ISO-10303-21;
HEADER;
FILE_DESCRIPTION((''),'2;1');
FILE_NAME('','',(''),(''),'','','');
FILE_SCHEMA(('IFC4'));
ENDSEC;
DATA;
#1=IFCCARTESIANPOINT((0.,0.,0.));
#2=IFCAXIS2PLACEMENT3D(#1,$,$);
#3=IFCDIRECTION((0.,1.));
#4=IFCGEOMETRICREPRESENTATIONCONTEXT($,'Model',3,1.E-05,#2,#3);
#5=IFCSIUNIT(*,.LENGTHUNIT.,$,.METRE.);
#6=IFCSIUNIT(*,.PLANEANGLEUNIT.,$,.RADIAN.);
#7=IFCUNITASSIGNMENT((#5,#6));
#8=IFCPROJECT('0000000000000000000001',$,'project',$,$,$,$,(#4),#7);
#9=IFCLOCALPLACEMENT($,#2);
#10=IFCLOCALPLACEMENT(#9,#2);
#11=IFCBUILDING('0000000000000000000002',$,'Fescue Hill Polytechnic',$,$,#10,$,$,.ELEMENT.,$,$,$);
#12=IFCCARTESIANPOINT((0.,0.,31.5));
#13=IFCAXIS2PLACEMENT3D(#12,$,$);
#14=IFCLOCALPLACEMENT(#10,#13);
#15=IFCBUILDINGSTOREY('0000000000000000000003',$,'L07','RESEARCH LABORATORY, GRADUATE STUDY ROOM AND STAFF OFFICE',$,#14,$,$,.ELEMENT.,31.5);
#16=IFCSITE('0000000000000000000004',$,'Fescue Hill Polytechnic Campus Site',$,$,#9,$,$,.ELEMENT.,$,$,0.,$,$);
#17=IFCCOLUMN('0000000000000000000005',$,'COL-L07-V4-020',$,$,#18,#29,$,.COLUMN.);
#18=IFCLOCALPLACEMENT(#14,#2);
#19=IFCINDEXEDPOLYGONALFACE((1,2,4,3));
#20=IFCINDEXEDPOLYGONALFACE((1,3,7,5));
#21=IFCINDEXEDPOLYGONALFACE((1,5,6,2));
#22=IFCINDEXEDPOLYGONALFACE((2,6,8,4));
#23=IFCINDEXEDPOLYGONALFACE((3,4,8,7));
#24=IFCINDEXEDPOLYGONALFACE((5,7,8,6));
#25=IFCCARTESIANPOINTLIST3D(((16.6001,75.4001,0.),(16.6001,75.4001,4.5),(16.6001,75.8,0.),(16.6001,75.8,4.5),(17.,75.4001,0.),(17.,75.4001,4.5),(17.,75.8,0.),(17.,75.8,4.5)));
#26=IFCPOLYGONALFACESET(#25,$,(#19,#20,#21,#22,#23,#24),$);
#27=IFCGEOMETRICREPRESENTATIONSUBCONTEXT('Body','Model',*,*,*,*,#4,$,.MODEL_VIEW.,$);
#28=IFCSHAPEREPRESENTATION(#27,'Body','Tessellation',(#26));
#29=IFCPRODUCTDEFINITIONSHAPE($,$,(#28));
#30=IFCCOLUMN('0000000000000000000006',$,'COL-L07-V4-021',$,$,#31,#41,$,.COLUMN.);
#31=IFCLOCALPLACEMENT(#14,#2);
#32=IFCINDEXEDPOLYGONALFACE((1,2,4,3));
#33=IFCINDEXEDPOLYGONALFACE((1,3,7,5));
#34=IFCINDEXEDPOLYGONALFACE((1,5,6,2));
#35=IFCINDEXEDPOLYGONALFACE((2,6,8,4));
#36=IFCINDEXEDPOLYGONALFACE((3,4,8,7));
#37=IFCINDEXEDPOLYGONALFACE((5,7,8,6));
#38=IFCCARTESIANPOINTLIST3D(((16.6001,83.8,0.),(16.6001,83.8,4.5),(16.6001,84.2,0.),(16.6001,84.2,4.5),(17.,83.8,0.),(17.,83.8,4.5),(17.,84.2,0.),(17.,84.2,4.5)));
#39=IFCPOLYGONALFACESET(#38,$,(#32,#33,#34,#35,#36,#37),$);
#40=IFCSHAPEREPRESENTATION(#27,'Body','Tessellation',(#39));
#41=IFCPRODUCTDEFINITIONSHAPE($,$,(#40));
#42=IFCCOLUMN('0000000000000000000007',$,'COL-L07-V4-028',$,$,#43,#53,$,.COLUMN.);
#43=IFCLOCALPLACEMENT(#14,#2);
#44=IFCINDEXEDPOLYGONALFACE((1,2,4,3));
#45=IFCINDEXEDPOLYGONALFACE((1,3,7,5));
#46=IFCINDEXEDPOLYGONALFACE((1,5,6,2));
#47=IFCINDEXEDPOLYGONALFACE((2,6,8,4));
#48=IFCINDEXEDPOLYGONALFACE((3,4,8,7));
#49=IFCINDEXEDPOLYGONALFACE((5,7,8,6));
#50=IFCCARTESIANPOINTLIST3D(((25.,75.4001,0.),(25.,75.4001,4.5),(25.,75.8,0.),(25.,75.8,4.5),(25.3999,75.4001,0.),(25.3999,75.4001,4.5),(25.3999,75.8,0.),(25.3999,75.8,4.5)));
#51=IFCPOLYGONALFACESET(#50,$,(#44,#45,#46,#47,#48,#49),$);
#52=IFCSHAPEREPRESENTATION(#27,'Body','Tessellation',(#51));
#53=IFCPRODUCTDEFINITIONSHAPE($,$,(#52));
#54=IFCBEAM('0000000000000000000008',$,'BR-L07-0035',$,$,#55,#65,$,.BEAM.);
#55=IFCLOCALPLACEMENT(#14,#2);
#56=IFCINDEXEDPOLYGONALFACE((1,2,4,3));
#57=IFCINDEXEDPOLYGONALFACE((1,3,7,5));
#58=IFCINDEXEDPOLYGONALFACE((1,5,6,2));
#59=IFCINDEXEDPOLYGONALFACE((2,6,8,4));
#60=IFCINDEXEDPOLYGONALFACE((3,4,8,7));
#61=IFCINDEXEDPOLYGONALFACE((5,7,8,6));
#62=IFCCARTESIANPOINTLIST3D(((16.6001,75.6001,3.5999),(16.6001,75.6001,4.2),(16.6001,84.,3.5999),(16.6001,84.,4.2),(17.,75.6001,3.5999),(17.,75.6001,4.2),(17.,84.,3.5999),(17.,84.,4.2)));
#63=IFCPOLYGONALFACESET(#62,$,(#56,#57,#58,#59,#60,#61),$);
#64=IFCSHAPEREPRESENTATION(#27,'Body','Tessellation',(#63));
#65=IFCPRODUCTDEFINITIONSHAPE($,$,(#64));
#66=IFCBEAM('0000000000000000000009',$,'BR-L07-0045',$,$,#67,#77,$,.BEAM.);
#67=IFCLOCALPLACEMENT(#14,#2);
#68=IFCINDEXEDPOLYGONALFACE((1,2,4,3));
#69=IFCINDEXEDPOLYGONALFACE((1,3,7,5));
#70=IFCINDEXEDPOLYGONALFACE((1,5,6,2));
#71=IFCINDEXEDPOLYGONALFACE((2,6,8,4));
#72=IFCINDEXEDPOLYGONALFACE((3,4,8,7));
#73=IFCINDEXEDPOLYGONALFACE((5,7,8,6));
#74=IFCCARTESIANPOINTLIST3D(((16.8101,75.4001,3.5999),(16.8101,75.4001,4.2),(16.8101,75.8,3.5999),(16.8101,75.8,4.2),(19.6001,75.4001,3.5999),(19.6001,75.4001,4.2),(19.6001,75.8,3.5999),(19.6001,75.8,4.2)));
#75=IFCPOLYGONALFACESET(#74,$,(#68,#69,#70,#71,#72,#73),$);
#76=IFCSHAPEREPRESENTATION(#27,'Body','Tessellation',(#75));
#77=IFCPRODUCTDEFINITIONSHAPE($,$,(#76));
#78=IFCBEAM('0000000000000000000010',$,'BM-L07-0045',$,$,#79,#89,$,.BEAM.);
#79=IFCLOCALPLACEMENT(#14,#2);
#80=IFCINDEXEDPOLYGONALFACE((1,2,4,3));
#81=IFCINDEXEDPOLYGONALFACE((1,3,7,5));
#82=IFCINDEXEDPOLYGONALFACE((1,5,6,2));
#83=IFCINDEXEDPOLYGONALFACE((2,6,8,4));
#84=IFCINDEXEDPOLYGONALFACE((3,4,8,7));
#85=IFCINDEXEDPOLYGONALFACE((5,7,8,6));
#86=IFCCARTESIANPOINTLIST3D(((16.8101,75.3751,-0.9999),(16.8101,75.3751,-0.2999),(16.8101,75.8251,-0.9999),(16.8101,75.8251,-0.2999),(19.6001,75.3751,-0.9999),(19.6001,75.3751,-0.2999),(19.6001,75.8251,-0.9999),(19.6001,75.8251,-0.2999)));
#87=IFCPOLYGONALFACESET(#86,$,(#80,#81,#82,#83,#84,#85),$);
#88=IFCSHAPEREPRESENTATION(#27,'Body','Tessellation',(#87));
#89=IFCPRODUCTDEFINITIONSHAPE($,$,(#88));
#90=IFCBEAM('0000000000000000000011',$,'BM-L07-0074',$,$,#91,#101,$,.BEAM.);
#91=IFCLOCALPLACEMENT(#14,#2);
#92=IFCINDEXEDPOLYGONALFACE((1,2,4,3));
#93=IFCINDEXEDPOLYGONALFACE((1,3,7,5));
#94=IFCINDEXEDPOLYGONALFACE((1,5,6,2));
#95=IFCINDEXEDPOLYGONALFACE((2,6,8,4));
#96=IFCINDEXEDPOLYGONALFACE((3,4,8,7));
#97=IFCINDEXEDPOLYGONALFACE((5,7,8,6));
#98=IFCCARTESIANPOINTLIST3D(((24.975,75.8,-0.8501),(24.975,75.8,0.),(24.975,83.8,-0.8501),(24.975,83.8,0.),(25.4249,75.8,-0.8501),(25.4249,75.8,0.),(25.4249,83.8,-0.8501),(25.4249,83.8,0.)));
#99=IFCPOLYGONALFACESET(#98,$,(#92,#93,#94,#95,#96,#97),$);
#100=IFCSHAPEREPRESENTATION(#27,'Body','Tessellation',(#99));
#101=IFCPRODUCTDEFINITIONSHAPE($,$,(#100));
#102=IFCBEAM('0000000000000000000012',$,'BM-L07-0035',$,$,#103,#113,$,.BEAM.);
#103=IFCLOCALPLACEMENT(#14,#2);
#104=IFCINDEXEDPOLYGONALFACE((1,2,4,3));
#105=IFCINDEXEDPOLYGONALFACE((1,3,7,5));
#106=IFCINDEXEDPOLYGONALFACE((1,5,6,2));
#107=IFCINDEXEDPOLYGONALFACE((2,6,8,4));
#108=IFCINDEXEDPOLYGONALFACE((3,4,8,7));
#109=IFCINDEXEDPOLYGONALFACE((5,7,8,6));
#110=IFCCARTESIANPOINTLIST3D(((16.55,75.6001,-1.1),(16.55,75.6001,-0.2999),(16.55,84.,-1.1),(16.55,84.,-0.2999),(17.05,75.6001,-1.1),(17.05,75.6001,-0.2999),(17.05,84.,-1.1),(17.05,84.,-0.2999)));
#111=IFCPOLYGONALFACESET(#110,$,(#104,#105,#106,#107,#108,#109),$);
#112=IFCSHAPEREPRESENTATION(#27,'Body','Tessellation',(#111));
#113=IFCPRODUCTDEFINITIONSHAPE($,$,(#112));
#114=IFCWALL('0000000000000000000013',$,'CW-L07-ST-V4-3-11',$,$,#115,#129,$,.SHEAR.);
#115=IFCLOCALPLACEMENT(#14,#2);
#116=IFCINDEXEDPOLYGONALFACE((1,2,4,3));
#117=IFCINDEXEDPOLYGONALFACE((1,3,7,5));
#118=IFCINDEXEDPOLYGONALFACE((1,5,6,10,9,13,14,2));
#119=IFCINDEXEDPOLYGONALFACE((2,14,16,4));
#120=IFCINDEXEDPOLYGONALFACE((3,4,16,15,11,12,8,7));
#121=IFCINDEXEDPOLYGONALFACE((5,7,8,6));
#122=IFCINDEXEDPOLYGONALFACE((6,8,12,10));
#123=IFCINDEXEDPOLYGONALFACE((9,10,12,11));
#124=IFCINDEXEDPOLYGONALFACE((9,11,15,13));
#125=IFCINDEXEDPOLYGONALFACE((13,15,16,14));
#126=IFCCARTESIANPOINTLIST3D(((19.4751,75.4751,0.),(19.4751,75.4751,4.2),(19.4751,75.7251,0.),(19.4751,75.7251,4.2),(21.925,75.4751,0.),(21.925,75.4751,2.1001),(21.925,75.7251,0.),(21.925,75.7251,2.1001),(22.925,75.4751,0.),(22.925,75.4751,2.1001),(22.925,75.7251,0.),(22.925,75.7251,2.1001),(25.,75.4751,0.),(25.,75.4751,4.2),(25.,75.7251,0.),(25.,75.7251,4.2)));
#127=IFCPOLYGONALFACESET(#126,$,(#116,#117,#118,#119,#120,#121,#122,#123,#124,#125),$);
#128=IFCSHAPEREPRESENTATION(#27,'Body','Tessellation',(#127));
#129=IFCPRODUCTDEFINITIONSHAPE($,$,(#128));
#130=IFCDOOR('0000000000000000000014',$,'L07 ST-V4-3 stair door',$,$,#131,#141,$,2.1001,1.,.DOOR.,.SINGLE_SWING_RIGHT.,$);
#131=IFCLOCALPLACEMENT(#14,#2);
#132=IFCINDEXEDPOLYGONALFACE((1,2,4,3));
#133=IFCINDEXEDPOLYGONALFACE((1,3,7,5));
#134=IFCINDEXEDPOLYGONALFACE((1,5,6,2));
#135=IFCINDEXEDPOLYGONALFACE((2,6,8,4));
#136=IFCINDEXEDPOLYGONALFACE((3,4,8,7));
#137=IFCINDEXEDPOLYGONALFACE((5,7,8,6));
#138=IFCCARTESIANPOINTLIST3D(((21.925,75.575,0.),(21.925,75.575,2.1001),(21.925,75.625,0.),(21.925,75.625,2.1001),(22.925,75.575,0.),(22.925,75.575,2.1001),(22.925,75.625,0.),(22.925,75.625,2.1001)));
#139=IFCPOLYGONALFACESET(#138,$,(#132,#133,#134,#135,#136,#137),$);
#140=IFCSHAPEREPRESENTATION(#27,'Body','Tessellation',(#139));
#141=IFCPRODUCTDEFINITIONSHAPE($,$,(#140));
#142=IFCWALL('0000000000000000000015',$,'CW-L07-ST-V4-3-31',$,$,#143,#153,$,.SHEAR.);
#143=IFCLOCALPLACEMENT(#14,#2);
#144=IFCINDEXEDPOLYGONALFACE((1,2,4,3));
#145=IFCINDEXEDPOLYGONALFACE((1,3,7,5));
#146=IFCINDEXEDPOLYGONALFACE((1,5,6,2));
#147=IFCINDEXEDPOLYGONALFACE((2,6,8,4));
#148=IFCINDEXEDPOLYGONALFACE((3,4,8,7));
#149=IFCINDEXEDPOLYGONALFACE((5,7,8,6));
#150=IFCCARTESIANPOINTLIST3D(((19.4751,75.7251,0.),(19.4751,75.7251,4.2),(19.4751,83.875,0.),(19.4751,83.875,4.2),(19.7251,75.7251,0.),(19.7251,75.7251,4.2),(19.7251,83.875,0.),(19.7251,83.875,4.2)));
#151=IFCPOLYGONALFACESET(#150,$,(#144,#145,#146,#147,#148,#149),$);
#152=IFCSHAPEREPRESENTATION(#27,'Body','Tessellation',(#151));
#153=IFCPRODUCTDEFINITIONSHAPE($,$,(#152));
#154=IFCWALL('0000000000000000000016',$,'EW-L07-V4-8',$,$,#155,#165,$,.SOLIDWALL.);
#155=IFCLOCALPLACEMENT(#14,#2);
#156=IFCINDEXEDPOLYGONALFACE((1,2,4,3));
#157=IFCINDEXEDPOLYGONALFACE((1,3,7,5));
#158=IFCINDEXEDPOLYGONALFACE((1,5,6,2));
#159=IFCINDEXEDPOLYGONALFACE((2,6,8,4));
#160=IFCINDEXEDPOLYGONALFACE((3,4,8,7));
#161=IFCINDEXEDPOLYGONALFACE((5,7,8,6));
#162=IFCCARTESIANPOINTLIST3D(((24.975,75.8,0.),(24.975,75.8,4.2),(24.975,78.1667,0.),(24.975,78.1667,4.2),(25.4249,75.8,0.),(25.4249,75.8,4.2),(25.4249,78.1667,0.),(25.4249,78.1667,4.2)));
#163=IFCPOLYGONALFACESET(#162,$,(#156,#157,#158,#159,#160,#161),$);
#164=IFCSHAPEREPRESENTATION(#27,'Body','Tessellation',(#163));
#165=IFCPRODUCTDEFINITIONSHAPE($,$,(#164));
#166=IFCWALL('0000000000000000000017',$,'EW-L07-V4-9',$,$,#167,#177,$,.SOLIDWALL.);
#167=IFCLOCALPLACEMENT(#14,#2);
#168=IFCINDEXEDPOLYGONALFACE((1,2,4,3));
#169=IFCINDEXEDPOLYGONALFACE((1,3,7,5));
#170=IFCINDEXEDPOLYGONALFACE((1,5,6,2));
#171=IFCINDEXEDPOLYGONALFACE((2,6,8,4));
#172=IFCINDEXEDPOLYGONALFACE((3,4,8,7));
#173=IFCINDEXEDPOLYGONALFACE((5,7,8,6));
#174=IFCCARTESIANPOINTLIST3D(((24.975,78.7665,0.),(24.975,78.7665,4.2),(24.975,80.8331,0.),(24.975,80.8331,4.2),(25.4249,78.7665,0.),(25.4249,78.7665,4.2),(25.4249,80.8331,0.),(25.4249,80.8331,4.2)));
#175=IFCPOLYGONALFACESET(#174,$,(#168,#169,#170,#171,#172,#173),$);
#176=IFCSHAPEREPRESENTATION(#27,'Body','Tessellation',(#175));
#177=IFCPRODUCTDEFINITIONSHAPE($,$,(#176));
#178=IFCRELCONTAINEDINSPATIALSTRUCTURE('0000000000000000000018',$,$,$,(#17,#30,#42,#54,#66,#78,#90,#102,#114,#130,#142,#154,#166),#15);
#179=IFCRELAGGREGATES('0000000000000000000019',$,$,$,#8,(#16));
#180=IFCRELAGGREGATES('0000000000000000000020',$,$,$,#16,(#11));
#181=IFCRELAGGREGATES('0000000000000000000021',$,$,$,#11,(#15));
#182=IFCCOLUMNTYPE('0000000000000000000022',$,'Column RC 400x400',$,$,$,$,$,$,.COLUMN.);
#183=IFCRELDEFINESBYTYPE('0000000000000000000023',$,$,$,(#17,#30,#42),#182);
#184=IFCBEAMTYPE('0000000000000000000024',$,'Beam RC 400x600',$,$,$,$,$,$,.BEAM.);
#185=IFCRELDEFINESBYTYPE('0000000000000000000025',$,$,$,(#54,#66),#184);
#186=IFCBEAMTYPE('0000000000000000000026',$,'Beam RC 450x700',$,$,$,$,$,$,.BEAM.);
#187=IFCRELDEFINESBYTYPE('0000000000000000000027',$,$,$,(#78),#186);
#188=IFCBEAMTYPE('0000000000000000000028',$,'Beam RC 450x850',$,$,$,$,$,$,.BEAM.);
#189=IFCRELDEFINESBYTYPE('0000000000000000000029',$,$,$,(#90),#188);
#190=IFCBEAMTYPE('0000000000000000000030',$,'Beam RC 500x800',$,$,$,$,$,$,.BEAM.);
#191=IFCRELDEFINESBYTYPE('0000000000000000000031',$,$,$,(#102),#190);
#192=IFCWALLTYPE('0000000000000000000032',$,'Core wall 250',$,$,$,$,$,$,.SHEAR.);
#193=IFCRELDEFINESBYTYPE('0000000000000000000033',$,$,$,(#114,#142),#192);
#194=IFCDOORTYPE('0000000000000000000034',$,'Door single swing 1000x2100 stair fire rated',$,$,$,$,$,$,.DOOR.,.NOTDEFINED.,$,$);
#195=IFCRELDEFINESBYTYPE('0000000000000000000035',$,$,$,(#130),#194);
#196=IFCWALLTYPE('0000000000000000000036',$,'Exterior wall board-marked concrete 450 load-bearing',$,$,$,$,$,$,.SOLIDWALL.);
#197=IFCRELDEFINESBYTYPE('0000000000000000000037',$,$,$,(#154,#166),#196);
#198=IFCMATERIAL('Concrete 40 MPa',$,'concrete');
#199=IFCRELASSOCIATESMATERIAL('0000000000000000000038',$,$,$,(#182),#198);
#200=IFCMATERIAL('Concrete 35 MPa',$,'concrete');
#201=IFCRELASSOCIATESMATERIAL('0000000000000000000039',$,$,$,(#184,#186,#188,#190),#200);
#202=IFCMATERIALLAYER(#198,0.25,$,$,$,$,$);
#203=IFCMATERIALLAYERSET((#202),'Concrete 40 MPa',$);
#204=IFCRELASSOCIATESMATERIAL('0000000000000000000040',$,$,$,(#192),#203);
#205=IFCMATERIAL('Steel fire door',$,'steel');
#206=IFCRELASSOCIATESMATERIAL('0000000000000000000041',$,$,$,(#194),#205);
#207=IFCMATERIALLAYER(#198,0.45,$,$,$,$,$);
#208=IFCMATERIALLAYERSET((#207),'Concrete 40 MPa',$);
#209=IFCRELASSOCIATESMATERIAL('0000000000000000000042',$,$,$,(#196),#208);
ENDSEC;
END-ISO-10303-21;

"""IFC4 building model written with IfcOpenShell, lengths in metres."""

from ifc_helpers import new_model, si_unit, direction, frame, frame_2d, origin, origin_2d, place, context, subcontext, project, spatial, rectangle, extrude, material, layer, layer_set, material_profile, profile_set, type_object, element, fill, save


model = new_model("IFC4")

# Units and contexts
model_context = context("Model", 3, precision=1e-05, world=origin(), true_north=direction((0.0, 1.0)))
body_context = subcontext(model_context, "Body", "Model", "MODEL_VIEW")
ifc_project = project(units=[si_unit("LENGTHUNIT", "METRE"), si_unit("PLANEANGLEUNIT", "RADIAN")], contexts=[model_context])

# Site, building, storey
site_placement = place(None, origin())
site = spatial("IfcSite", under=ifc_project, at=site_placement, Name="Fescue Hill Polytechnic Campus Site", CompositionType="ELEMENT", RefElevation=0.0)
building_placement = place(site_placement, origin())
building = spatial("IfcBuilding", under=site, at=building_placement, Name="Fescue Hill Polytechnic", CompositionType="ELEMENT")
storey_placement = place(building_placement, frame((0.0, 0.0, 31.5)))
storey = spatial("IfcBuildingStorey", under=building, at=storey_placement, Name="L07", Description="RESEARCH LABORATORY, GRADUATE STUDY ROOM AND STAFF OFFICE", CompositionType="ELEMENT", Elevation=31.5)

# Columns
ifc_material_1 = material(Name="Concrete 40 MPa", Category="concrete")
ifc_material_profile_1 = material_profile(ifc_material_1, rectangle(XDim=0.3999, YDim=0.3999, at=origin_2d()), Name="RC 400x400")
ifc_profile_set_1 = profile_set([ifc_material_profile_1], Name="Concrete 40 MPa")
column_type = type_object("IfcColumnType", Name="Column RC 400x400", PredefinedType="COLUMN", material=ifc_profile_set_1)
for number, where, z_axis, x_axis, name in (
    (1, (16.8, 75.6001, 0.0), (0.0, 0.0, 1.0), (1.0, 0.0, 0.0), "COL-L07-V4-020"),
    (2, (16.8, 84.0, 0.0), (0.0, 0.0, 1.0), (1.0, 0.0, 0.0), "COL-L07-V4-021"),
    (3, (25.2, 75.6001, 0.0), (0.0, 0.0, 1.0), (1.0, 0.0, 0.0), "COL-L07-V4-028"),
):
    element("IfcColumn", number, at=place(storey_placement, frame(where, z_axis=z_axis, x_axis=x_axis)), inside=storey, type_object=column_type, Name=name, PredefinedType="COLUMN", context=body_context, shape_type="SweptSolid", body=[
        extrude(rectangle(XDim=0.3999, YDim=0.3999, at=origin_2d()), origin(), (0.0, 0.0, 1.0), 4.5),
    ])

# Beams
ifc_material_2 = material(Name="Concrete 35 MPa", Category="concrete")
ifc_material_profile_2 = material_profile(ifc_material_2, rectangle(XDim=0.3999, YDim=0.6001, at=origin_2d()), Name="RC 400x600")
ifc_profile_set_2 = profile_set([ifc_material_profile_2], Name="Concrete 35 MPa")
beam_type_1 = type_object("IfcBeamType", Name="Beam RC 400x600", PredefinedType="BEAM", material=ifc_profile_set_2)
beam_1_placement = place(storey_placement, frame((16.8, 75.6001, 3.8999), z_axis=(0.0, 1.0, 0.0), x_axis=(-1.0, 0.0, 0.0)))
element("IfcBeam", 4, at=beam_1_placement, inside=storey, type_object=beam_type_1, Name="BR-L07-0035", PredefinedType="BEAM", context=body_context, shape_type="SweptSolid", body=[
    extrude(rectangle(XDim=0.3999, YDim=0.6001, at=origin_2d()), origin(), (0.0, 0.0, 1.0), 8.3999),
])
beam_2_placement = place(storey_placement, frame((16.8101, 75.6001, 3.8999), z_axis=(1.0, 0.0, 0.0), x_axis=(0.0, 1.0, 0.0)))
element("IfcBeam", 5, at=beam_2_placement, inside=storey, type_object=beam_type_1, Name="BR-L07-0045", PredefinedType="BEAM", context=body_context, shape_type="SweptSolid", body=[
    extrude(rectangle(XDim=0.3999, YDim=0.6001, at=origin_2d()), origin(), (0.0, 0.0, 1.0), 2.79),
])
ifc_material_profile_3 = material_profile(ifc_material_2, rectangle(XDim=0.45, YDim=0.7, at=origin_2d()), Name="RC 450x700")
ifc_profile_set_3 = profile_set([ifc_material_profile_3], Name="Concrete 35 MPa")
beam_type_2 = type_object("IfcBeamType", Name="Beam RC 450x700", PredefinedType="BEAM", material=ifc_profile_set_3)
beam_3_placement = place(storey_placement, frame((16.8101, 75.6001, -0.6499), z_axis=(1.0, 0.0, 0.0), x_axis=(0.0, 1.0, 0.0)))
element("IfcBeam", 6, at=beam_3_placement, inside=storey, type_object=beam_type_2, Name="BM-L07-0045", PredefinedType="BEAM", context=body_context, shape_type="SweptSolid", body=[
    extrude(rectangle(XDim=0.45, YDim=0.7, at=origin_2d()), origin(), (0.0, 0.0, 1.0), 2.79),
])
ifc_material_profile_4 = material_profile(ifc_material_2, rectangle(XDim=0.45, YDim=0.8501, at=origin_2d()), Name="RC 450x850")
ifc_profile_set_4 = profile_set([ifc_material_profile_4], Name="Concrete 35 MPa")
beam_type_3 = type_object("IfcBeamType", Name="Beam RC 450x850", PredefinedType="BEAM", material=ifc_profile_set_4)
beam_4_placement = place(storey_placement, frame((25.2, 75.8, -0.425), z_axis=(0.0, 1.0, 0.0), x_axis=(-1.0, 0.0, 0.0)))
element("IfcBeam", 7, at=beam_4_placement, inside=storey, type_object=beam_type_3, Name="BM-L07-0074", PredefinedType="BEAM", context=body_context, shape_type="SweptSolid", body=[
    extrude(rectangle(XDim=0.45, YDim=0.8501, at=origin_2d()), origin(), (0.0, 0.0, 1.0), 8.0),
])
ifc_material_profile_5 = material_profile(ifc_material_2, rectangle(XDim=0.5, YDim=0.8, at=origin_2d()), Name="RC 500x800")
ifc_profile_set_5 = profile_set([ifc_material_profile_5], Name="Concrete 35 MPa")
beam_type_4 = type_object("IfcBeamType", Name="Beam RC 500x800", PredefinedType="BEAM", material=ifc_profile_set_5)
beam_5_placement = place(storey_placement, frame((16.8, 75.6001, -0.7), z_axis=(0.0, 1.0, 0.0), x_axis=(-1.0, 0.0, 0.0)))
element("IfcBeam", 8, at=beam_5_placement, inside=storey, type_object=beam_type_4, Name="BM-L07-0035", PredefinedType="BEAM", context=body_context, shape_type="SweptSolid", body=[
    extrude(rectangle(XDim=0.5, YDim=0.8, at=origin_2d()), origin(), (0.0, 0.0, 1.0), 8.3999),
])

# Wall, opening, door
ifc_layer_1 = layer(ifc_material_1, 0.25)
ifc_layer_set_1 = layer_set([ifc_layer_1], Name="Concrete 40 MPa")
wall_type_1 = type_object("IfcWallType", Name="Core wall 250", PredefinedType="SHEAR", material=ifc_layer_set_1)
wall_1_placement = place(storey_placement, frame((19.4751, 75.6001, 0.0), z_axis=(0.0, 0.0, 1.0), x_axis=(1.0, 0.0, 0.0)))
wall_1 = element("IfcWall", 9, at=wall_1_placement, inside=storey, type_object=wall_type_1, Name="CW-L07-ST-V4-3-11", PredefinedType="SHEAR", context=body_context, shape_type="SweptSolid", body=[
    extrude(rectangle(XDim=5.5249, YDim=0.25, at=frame_2d((2.7625, 0.0))), origin(), (0.0, 0.0, 1.0), 4.2),
])
opening_1_placement = place(wall_1_placement, frame((2.45, 0.0, 0.0)))
opening_1 = element("IfcOpeningElement", 10, at=opening_1_placement, cuts=wall_1, PredefinedType="OPENING", context=body_context, shape_type="SweptSolid", body=[
    extrude(rectangle(XDim=1.0, YDim=2.1001, at=frame_2d((0.5, 1.05))), frame((0.0, 0.135, 0.0), z_axis=(0.0, -1.0, 0.0), x_axis=(1.0, 0.0, 0.0)), (0.0, 0.0, 1.0), 0.27),
])
ifc_material_3 = material(Name="Steel fire door", Category="steel")
door_type_1 = type_object("IfcDoorType", Name="Door single swing 1000x2100 stair fire rated", OperationType="NOTDEFINED", PredefinedType="DOOR", material=ifc_material_3)
door_1_placement = place(opening_1_placement, origin())
door_1 = element("IfcDoor", 11, at=door_1_placement, inside=storey, type_object=door_type_1, Name="L07 ST-V4-3 stair door", OperationType="SINGLE_SWING_RIGHT", OverallHeight=2.1001, OverallWidth=1.0, PredefinedType="DOOR", context=body_context, shape_type="SweptSolid", body=[
    extrude(rectangle(XDim=1.0, YDim=2.1001, at=frame_2d((0.5, 1.05))), frame((0.0, 0.0249, 0.0), z_axis=(0.0, -1.0, 0.0), x_axis=(1.0, 0.0, 0.0)), (0.0, 0.0, 1.0), 0.05),
])
fill(opening_1, door_1)

# Walls
wall_2_placement = place(storey_placement, frame((19.6001, 75.7251, 0.0), z_axis=(0.0, 0.0, 1.0), x_axis=(0.0, 1.0, 0.0)))
element("IfcWall", 12, at=wall_2_placement, inside=storey, type_object=wall_type_1, Name="CW-L07-ST-V4-3-31", PredefinedType="SHEAR", context=body_context, shape_type="SweptSolid", body=[
    extrude(rectangle(XDim=8.1499, YDim=0.25, at=frame_2d((4.075, 0.0))), origin(), (0.0, 0.0, 1.0), 4.2),
])
ifc_layer_2 = layer(ifc_material_1, 0.45)
ifc_layer_set_2 = layer_set([ifc_layer_2], Name="Concrete 40 MPa")
wall_type_2 = type_object("IfcWallType", Name="Exterior wall board-marked concrete 450 load-bearing", PredefinedType="SOLIDWALL", material=ifc_layer_set_2)
wall_3_placement = place(storey_placement, frame((25.2, 75.8, 0.0), z_axis=(0.0, 0.0, 1.0), x_axis=(0.0, 1.0, 0.0)))
element("IfcWall", 13, at=wall_3_placement, inside=storey, type_object=wall_type_2, Name="EW-L07-V4-8", PredefinedType="SOLIDWALL", context=body_context, shape_type="SweptSolid", body=[
    extrude(rectangle(XDim=2.3667, YDim=0.45, at=frame_2d((1.1833, 0.0))), origin(), (0.0, 0.0, 1.0), 4.2),
])
wall_4_placement = place(storey_placement, frame((25.2, 78.7666, 0.0), z_axis=(0.0, 0.0, 1.0), x_axis=(0.0, 1.0, 0.0)))
element("IfcWall", 14, at=wall_4_placement, inside=storey, type_object=wall_type_2, Name="EW-L07-V4-9", PredefinedType="SOLIDWALL", context=body_context, shape_type="SweptSolid", body=[
    extrude(rectangle(XDim=2.0667, YDim=0.45, at=frame_2d((1.0332, 0.0))), origin(), (0.0, 0.0, 1.0), 4.2),
])

save(model, "model.ifc")
